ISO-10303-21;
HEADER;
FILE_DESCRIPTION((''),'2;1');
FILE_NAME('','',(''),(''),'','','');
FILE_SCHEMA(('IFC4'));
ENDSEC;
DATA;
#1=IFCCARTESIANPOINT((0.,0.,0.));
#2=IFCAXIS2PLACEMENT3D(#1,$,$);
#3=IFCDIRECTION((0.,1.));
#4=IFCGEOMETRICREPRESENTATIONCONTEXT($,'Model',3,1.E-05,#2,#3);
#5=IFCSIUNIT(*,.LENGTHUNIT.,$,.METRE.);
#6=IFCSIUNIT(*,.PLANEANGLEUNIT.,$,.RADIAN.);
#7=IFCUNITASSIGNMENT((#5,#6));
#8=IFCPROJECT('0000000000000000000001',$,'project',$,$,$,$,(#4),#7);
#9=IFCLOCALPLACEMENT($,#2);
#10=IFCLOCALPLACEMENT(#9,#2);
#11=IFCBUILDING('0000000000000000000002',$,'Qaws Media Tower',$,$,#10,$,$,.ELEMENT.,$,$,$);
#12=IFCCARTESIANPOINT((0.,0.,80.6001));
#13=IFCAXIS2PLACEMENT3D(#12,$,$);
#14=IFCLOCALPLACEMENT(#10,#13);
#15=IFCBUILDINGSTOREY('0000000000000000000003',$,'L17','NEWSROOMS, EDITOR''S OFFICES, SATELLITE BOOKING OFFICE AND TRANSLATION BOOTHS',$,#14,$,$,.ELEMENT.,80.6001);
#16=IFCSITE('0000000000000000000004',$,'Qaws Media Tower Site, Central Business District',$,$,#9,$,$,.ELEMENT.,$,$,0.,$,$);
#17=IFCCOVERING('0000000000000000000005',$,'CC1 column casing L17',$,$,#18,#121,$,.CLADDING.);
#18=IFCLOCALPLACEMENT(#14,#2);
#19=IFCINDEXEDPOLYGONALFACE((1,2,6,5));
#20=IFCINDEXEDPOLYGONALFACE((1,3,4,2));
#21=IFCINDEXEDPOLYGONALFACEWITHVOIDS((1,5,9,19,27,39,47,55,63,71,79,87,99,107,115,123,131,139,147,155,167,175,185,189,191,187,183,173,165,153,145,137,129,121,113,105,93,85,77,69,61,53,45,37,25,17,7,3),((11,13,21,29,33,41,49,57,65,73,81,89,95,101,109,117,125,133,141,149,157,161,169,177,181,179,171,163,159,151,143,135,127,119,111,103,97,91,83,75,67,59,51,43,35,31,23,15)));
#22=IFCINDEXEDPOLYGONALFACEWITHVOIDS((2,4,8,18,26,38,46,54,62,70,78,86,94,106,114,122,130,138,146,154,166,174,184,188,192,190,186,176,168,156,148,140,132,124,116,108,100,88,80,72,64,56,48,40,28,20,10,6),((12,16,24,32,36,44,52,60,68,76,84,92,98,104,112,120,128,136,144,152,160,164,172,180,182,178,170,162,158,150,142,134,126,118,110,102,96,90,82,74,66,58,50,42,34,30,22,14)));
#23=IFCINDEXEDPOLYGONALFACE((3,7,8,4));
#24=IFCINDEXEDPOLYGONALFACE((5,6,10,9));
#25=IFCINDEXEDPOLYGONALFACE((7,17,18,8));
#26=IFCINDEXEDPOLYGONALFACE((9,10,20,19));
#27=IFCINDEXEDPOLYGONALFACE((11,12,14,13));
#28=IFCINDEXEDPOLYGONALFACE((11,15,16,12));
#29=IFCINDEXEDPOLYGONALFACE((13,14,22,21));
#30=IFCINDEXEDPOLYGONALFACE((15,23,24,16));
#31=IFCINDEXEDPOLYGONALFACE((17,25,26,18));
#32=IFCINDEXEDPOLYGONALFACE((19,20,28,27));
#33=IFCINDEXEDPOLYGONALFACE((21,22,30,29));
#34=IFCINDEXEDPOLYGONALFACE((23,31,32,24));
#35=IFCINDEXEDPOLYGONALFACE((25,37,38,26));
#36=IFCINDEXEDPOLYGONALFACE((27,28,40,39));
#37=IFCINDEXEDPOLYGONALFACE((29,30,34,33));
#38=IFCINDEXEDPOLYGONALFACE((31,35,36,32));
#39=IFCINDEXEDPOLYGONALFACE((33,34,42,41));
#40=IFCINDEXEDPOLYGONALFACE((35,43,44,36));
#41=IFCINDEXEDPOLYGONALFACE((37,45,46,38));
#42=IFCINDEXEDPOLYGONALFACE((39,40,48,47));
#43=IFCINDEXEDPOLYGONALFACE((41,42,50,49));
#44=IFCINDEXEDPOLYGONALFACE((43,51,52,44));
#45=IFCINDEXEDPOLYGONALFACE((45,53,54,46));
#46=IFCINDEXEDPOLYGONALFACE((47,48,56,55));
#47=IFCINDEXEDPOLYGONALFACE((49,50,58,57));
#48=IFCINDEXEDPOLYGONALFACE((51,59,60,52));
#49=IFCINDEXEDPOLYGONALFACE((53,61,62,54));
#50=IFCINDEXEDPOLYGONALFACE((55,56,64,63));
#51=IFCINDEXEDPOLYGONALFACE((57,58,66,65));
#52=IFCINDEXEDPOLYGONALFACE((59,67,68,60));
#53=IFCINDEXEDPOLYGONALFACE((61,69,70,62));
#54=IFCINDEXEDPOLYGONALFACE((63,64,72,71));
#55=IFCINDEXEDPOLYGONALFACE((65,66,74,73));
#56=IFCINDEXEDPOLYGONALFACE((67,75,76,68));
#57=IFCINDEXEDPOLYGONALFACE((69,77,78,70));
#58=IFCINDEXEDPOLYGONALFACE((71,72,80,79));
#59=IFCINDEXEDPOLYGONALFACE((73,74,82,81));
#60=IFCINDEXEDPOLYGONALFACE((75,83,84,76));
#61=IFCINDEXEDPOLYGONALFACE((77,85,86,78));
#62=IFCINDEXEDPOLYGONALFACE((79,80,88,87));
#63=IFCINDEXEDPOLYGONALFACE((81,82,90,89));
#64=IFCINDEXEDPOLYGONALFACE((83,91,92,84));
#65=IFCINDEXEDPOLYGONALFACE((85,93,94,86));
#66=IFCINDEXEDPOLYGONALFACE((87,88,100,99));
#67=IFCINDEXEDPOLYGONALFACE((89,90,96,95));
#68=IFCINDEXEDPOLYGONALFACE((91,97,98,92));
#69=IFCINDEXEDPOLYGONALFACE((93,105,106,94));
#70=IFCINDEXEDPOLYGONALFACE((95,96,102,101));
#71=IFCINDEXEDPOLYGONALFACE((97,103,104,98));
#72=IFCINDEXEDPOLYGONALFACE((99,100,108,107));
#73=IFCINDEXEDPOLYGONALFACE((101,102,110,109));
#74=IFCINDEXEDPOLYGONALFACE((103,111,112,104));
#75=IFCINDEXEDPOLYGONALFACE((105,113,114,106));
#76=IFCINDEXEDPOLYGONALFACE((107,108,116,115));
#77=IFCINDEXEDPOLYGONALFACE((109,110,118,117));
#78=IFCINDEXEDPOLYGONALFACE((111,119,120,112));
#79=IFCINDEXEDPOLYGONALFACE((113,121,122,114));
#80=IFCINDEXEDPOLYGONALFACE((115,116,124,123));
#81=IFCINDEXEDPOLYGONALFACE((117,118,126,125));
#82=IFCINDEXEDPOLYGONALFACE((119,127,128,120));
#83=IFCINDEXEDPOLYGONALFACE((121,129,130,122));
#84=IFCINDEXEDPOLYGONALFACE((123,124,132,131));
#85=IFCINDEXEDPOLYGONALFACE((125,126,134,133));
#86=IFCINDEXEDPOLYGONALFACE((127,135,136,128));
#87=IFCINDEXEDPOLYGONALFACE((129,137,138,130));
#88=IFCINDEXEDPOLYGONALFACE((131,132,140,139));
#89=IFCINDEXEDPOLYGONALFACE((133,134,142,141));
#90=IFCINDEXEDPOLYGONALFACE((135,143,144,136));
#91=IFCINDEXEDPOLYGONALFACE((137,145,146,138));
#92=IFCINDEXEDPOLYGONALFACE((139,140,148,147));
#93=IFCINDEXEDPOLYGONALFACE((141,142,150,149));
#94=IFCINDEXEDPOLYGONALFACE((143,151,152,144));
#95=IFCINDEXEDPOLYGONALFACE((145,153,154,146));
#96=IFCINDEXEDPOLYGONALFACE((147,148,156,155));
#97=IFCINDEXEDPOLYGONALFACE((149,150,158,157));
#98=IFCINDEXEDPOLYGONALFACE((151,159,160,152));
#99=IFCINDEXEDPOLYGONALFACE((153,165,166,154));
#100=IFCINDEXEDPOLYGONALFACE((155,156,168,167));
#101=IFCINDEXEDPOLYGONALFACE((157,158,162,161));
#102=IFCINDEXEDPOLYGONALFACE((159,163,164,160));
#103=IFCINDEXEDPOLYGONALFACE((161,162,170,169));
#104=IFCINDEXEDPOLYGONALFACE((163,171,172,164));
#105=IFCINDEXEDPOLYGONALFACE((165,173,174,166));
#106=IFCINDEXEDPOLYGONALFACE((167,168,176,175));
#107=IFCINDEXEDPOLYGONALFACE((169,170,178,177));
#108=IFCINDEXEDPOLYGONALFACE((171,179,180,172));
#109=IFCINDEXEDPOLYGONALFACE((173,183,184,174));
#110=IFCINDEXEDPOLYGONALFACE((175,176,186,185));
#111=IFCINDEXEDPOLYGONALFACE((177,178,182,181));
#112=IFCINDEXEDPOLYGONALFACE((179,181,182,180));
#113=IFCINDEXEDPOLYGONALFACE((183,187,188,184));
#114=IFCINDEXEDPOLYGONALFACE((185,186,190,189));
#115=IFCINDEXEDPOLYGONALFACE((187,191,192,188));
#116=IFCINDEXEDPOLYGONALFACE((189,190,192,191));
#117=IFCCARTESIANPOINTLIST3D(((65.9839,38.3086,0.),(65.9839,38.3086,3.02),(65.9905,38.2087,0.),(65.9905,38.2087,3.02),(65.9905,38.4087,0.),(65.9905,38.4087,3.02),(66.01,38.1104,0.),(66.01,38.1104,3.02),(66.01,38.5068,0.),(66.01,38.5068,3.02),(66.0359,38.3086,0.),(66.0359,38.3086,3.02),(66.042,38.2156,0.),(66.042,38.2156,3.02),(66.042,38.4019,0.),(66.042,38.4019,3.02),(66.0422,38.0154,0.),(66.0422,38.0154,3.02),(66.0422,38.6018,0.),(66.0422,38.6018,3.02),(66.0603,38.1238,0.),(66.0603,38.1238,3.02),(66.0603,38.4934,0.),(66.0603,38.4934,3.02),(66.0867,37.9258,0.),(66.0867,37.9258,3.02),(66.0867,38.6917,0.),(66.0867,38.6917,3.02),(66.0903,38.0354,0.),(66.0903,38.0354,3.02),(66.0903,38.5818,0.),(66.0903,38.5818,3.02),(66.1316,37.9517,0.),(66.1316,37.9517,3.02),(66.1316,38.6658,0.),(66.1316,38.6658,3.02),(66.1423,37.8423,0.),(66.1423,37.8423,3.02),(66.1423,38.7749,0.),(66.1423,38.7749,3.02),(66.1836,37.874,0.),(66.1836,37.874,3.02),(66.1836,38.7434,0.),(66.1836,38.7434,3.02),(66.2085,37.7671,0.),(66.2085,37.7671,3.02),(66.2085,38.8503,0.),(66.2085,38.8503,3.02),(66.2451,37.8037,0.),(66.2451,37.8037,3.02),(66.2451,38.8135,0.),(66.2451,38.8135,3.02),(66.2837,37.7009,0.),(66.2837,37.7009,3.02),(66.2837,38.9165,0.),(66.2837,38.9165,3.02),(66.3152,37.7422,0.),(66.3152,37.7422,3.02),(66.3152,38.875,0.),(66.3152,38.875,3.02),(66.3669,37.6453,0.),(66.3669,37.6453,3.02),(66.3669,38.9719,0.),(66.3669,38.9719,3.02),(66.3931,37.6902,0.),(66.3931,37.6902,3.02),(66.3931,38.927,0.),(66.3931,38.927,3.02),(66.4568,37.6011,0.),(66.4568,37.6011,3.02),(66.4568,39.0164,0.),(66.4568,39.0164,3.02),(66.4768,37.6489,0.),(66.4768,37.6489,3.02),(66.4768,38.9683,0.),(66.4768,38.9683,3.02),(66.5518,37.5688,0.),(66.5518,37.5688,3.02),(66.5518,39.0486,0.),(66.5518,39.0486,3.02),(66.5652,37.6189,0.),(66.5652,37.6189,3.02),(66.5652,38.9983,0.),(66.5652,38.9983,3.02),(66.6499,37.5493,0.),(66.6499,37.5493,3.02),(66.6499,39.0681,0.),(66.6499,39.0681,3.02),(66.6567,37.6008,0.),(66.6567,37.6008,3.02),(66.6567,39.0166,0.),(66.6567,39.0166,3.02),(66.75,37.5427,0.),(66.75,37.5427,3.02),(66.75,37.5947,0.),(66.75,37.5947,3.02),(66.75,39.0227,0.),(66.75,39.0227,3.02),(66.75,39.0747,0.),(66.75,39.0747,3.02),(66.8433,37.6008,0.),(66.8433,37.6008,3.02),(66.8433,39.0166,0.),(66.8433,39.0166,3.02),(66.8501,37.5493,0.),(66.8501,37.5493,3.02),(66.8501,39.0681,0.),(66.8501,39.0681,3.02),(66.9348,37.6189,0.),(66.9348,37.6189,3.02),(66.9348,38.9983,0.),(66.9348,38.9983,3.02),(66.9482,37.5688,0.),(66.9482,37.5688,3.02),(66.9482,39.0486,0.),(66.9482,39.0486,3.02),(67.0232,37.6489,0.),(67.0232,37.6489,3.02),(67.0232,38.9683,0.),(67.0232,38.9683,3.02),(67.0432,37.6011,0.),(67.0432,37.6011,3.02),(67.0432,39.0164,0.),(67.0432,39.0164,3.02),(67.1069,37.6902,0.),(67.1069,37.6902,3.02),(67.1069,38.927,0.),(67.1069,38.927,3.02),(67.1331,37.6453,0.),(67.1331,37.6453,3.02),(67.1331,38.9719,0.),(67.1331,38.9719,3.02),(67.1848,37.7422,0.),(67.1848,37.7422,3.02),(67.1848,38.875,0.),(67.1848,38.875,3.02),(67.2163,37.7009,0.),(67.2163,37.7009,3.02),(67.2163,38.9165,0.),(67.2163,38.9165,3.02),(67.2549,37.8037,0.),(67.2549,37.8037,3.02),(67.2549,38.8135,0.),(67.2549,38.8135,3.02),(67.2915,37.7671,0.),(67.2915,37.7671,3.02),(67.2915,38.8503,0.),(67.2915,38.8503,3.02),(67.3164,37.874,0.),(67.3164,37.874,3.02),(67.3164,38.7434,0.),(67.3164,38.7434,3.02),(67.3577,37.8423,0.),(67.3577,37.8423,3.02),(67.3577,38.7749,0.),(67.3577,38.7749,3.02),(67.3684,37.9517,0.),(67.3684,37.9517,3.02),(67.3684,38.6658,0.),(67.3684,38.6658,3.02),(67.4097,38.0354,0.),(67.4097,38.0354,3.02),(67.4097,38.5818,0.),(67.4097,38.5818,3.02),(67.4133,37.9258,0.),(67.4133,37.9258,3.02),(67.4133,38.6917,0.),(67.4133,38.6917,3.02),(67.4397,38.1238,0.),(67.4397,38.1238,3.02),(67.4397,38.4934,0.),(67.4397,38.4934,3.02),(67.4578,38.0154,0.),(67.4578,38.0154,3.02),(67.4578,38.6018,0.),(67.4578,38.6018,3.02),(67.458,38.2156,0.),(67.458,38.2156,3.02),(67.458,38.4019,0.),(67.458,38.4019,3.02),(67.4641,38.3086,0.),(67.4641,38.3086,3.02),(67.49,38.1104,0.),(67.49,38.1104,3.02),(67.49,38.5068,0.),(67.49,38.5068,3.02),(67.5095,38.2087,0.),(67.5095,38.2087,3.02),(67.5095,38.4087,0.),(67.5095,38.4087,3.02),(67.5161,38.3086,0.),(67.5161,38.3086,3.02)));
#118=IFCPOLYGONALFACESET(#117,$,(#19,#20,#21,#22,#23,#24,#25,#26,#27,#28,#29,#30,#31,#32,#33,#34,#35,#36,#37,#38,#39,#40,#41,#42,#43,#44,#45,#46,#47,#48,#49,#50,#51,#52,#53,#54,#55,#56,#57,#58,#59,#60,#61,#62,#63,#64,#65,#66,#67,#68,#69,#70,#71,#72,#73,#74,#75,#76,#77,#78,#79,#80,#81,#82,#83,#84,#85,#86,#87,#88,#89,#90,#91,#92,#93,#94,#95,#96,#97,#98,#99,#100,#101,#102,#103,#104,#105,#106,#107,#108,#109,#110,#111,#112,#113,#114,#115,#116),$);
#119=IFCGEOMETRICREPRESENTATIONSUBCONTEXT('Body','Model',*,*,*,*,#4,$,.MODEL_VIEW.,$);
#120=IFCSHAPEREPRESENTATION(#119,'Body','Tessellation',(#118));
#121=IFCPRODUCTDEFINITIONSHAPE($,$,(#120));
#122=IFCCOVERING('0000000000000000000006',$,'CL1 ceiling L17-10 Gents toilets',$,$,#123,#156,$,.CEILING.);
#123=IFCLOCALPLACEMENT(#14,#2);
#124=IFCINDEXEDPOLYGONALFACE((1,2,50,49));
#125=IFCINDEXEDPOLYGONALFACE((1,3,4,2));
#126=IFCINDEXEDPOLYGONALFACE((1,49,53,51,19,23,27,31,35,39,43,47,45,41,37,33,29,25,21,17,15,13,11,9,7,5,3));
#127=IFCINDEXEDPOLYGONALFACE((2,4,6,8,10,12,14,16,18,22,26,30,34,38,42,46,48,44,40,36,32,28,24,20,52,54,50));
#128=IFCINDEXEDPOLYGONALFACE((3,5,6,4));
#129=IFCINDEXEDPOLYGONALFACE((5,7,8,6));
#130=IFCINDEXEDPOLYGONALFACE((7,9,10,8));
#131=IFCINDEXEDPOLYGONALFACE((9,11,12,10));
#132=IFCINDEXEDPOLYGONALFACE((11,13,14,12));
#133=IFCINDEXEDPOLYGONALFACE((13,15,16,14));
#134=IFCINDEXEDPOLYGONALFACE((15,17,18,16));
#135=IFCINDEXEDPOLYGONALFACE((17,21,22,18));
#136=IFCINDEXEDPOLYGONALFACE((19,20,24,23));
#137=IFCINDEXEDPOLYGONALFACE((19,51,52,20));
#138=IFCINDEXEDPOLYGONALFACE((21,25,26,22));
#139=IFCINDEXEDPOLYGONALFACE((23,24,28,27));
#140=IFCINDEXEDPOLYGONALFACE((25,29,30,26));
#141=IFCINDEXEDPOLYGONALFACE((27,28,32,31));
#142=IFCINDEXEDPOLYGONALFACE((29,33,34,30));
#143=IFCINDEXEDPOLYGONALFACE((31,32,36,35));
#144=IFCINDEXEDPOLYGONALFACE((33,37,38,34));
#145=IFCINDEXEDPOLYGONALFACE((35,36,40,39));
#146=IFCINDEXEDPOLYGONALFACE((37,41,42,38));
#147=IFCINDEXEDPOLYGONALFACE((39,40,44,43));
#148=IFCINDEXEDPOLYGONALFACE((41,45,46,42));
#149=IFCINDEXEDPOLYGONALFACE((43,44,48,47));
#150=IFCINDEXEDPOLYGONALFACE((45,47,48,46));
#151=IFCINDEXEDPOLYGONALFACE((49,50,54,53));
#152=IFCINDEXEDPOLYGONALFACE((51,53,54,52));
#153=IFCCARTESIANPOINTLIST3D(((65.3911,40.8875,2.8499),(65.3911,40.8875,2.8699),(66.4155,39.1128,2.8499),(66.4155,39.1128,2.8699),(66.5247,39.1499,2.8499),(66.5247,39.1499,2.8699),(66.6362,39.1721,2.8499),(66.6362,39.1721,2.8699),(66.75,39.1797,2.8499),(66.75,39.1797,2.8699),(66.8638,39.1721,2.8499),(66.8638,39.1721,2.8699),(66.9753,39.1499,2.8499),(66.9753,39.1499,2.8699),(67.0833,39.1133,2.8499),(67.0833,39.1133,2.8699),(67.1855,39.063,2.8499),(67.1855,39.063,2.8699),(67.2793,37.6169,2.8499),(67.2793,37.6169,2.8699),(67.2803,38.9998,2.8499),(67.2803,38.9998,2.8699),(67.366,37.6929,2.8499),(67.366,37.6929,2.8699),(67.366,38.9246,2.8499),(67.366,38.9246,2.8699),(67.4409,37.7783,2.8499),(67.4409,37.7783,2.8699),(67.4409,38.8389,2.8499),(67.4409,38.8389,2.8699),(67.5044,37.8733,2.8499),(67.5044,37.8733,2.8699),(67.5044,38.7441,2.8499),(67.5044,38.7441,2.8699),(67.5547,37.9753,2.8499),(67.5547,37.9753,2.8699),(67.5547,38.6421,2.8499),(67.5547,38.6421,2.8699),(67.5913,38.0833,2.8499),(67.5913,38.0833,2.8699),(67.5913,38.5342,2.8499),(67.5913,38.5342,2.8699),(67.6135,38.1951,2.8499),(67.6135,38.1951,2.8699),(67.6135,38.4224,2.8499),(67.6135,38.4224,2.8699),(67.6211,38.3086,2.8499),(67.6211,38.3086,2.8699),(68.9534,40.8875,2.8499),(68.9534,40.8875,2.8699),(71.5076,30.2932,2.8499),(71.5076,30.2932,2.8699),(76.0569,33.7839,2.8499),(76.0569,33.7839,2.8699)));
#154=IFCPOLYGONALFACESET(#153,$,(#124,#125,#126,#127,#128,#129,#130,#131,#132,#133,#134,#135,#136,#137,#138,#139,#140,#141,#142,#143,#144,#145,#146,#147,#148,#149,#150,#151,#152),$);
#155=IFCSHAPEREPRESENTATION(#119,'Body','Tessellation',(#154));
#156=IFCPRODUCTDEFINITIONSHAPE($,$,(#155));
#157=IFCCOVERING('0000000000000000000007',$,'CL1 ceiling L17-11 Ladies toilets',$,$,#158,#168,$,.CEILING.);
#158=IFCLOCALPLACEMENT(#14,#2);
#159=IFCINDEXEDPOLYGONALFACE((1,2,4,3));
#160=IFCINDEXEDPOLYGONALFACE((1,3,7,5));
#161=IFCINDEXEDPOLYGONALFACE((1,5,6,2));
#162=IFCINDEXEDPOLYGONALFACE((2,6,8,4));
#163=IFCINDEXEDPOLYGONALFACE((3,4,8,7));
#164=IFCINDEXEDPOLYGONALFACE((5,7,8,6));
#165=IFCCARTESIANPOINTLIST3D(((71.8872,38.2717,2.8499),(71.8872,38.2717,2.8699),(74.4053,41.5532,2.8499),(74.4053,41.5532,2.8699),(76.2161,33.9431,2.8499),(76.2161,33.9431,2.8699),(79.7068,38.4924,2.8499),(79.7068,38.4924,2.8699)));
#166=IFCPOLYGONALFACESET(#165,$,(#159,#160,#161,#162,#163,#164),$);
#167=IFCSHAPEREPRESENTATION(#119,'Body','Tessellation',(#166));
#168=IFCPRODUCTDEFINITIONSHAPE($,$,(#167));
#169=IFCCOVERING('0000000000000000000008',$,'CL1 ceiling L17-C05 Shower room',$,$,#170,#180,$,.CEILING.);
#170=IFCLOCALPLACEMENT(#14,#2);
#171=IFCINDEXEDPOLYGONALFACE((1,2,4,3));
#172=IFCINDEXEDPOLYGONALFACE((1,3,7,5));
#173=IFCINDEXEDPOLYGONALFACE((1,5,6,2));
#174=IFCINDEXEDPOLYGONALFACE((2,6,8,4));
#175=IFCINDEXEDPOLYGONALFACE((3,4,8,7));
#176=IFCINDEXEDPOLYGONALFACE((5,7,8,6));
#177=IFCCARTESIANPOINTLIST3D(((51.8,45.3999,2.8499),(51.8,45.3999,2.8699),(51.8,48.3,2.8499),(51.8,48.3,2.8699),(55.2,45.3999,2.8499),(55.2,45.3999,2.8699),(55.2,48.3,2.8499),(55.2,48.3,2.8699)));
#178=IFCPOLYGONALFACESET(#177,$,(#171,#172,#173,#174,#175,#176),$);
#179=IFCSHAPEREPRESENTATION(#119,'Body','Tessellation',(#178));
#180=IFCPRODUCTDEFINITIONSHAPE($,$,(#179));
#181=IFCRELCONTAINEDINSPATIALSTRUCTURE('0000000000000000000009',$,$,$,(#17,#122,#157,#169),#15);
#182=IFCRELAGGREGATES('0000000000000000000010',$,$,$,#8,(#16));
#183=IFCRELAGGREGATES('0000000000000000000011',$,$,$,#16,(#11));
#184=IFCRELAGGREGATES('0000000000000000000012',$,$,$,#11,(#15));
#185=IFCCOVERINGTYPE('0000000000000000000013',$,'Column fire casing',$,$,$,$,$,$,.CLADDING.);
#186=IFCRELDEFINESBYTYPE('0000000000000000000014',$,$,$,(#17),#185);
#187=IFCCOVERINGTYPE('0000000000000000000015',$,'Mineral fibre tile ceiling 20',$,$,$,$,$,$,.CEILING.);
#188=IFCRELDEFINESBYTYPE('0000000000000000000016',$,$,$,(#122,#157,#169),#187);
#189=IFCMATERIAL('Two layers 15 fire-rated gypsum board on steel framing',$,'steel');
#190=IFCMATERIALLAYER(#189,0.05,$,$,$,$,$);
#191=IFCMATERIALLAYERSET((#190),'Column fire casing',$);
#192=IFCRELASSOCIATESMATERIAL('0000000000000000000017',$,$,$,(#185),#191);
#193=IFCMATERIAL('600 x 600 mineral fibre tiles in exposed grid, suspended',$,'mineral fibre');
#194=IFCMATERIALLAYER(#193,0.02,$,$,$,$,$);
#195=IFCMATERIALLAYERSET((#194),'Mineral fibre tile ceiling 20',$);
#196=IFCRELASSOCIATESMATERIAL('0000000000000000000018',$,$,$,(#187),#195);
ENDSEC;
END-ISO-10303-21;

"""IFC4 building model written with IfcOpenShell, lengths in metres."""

from ifc_helpers import new_model, si_unit, direction, frame, origin, place, context, subcontext, project, spatial, polyline, outline, extrude, material, layer, layer_set, type_object, element, save


model = new_model("IFC4")

# Units and contexts
model_context = context("Model", 3, precision=1e-05, world=origin(), true_north=direction((0.0, 1.0)))
body_context = subcontext(model_context, "Body", "Model", "MODEL_VIEW")
ifc_project = project(units=[si_unit("LENGTHUNIT", "METRE"), si_unit("PLANEANGLEUNIT", "RADIAN")], contexts=[model_context])

# Site, building, storey
site_placement = place(None, origin())
site = spatial("IfcSite", under=ifc_project, at=site_placement, Name="Qaws Media Tower Site, Central Business District", CompositionType="ELEMENT", RefElevation=0.0)
building_placement = place(site_placement, origin())
building = spatial("IfcBuilding", under=site, at=building_placement, Name="Qaws Media Tower", CompositionType="ELEMENT")
storey_placement = place(building_placement, frame((0.0, 0.0, 80.6001)))
storey = spatial("IfcBuildingStorey", under=building, at=storey_placement, Name="L17", Description="NEWSROOMS, EDITOR'S OFFICES, SATELLITE BOOKING OFFICE AND TRANSLATION BOOTHS", CompositionType="ELEMENT", Elevation=80.6001)

# Coverings
ifc_material_1 = material(Name="Two layers 15 fire-rated gypsum board on steel framing", Category="steel")
ifc_layer_1 = layer(ifc_material_1, 0.05)
ifc_layer_set_1 = layer_set([ifc_layer_1], Name="Column fire casing")
covering_type_1 = type_object("IfcCoveringType", Name="Column fire casing", PredefinedType="CLADDING", material=ifc_layer_set_1)
covering_1_placement = place(storey_placement, origin())
element("IfcCovering", 1, at=covering_1_placement, inside=storey, type_object=covering_type_1, Name="CC1 column casing L17", PredefinedType="CLADDING", context=body_context, shape_type="SweptSolid", body=[
    extrude(outline(polyline([(67.5161, 38.3086), (67.5095, 38.2087), (67.49, 38.1104), (67.4578, 38.0154), (67.4133, 37.9258), (67.3577, 37.8423), (67.2915, 37.7671), (67.2163, 37.7009), (67.1331, 37.6453), (67.0432, 37.6011), (66.9482, 37.5688), (66.8501, 37.5493), (66.75, 37.5427), (66.6499, 37.5493), (66.5518, 37.5688), (66.4568, 37.6011), (66.3669, 37.6453), (66.2837, 37.7009), (66.2085, 37.7671), (66.1423, 37.8423), (66.0867, 37.9258), (66.0422, 38.0154), (66.01, 38.1104), (65.9905, 38.2087), (65.9839, 38.3086), (65.9905, 38.4087), (66.01, 38.5068), (66.0422, 38.6018), (66.0867, 38.6917), (66.1423, 38.7749), (66.2085, 38.8503), (66.2837, 38.9165), (66.3669, 38.9719), (66.4568, 39.0164), (66.5518, 39.0486), (66.6499, 39.0681), (66.75, 39.0747), (66.8501, 39.0681), (66.9482, 39.0486), (67.0432, 39.0164), (67.1331, 38.9719), (67.2163, 38.9165), (67.2915, 38.8503), (67.3577, 38.7749), (67.4133, 38.6917), (67.4578, 38.6018), (67.49, 38.5068), (67.5095, 38.4087), (67.5161, 38.3086)]), holes=[polyline([(67.4641, 38.3086), (67.458, 38.2156), (67.4397, 38.1238), (67.4097, 38.0354), (67.3684, 37.9517), (67.3164, 37.874), (67.2549, 37.8037), (67.1848, 37.7422), (67.1069, 37.6902), (67.0232, 37.6489), (66.9348, 37.6189), (66.8433, 37.6008), (66.75, 37.5947), (66.6567, 37.6008), (66.5652, 37.6189), (66.4768, 37.6489), (66.3931, 37.6902), (66.3152, 37.7422), (66.2451, 37.8037), (66.1836, 37.874), (66.1316, 37.9517), (66.0903, 38.0354), (66.0603, 38.1238), (66.042, 38.2156), (66.0359, 38.3086), (66.042, 38.4019), (66.0603, 38.4934), (66.0903, 38.5818), (66.1316, 38.6658), (66.1836, 38.7434), (66.2451, 38.8135), (66.3152, 38.875), (66.3931, 38.927), (66.4768, 38.9683), (66.5652, 38.9983), (66.6567, 39.0166), (66.75, 39.0227), (66.8433, 39.0166), (66.9348, 38.9983), (67.0232, 38.9683), (67.1069, 38.927), (67.1848, 38.875), (67.2549, 38.8135), (67.3164, 38.7434), (67.3684, 38.6658), (67.4097, 38.5818), (67.4397, 38.4934), (67.458, 38.4019), (67.4641, 38.3086)])]), origin(), (0.0, 0.0, 1.0), 3.02),
])
ifc_material_2 = material(Name="600 x 600 mineral fibre tiles in exposed grid, suspended", Category="mineral fibre")
ifc_layer_2 = layer(ifc_material_2, 0.02)
ifc_layer_set_2 = layer_set([ifc_layer_2], Name="Mineral fibre tile ceiling 20")
covering_type_2 = type_object("IfcCoveringType", Name="Mineral fibre tile ceiling 20", PredefinedType="CEILING", material=ifc_layer_set_2)
covering_2_placement = place(storey_placement, frame((0.0, 0.0, 2.8499)))
element("IfcCovering", 2, at=covering_2_placement, inside=storey, type_object=covering_type_2, Name="CL1 ceiling L17-10 Gents toilets", PredefinedType="CEILING", context=body_context, shape_type="SweptSolid", body=[
    extrude(outline(polyline([(71.5076, 30.2932), (67.2793, 37.6169), (67.366, 37.6929), (67.4409, 37.7783), (67.5044, 37.8733), (67.5547, 37.9753), (67.5913, 38.0833), (67.6135, 38.1951), (67.6211, 38.3086), (67.6135, 38.4224), (67.5913, 38.5342), (67.5547, 38.6421), (67.5044, 38.7441), (67.4409, 38.8389), (67.366, 38.9246), (67.2803, 38.9998), (67.1855, 39.063), (67.0833, 39.1133), (66.9753, 39.1499), (66.8638, 39.1721), (66.75, 39.1797), (66.6362, 39.1721), (66.5247, 39.1499), (66.4155, 39.1128), (65.3911, 40.8875), (68.9534, 40.8875), (76.0569, 33.7839), (71.5076, 30.2932)])), origin(), (0.0, 0.0, 1.0), 0.02),
])
covering_3_placement = place(storey_placement, frame((0.0, 0.0, 2.8499)))
element("IfcCovering", 3, at=covering_3_placement, inside=storey, type_object=covering_type_2, Name="CL1 ceiling L17-11 Ladies toilets", PredefinedType="CEILING", context=body_context, shape_type="SweptSolid", body=[
    extrude(outline(polyline([(76.2161, 33.9431), (71.8872, 38.2717), (74.4053, 41.5532), (79.7068, 38.4924), (76.2161, 33.9431)])), origin(), (0.0, 0.0, 1.0), 0.02),
])
covering_4_placement = place(storey_placement, frame((0.0, 0.0, 2.8499)))
element("IfcCovering", 4, at=covering_4_placement, inside=storey, type_object=covering_type_2, Name="CL1 ceiling L17-C05 Shower room", PredefinedType="CEILING", context=body_context, shape_type="SweptSolid", body=[
    extrude(outline(polyline([(51.8, 45.3999), (51.8, 48.3), (55.2, 48.3), (55.2, 45.3999), (51.8, 45.3999)])), origin(), (0.0, 0.0, 1.0), 0.02),
])

save(model, "model.ifc")
